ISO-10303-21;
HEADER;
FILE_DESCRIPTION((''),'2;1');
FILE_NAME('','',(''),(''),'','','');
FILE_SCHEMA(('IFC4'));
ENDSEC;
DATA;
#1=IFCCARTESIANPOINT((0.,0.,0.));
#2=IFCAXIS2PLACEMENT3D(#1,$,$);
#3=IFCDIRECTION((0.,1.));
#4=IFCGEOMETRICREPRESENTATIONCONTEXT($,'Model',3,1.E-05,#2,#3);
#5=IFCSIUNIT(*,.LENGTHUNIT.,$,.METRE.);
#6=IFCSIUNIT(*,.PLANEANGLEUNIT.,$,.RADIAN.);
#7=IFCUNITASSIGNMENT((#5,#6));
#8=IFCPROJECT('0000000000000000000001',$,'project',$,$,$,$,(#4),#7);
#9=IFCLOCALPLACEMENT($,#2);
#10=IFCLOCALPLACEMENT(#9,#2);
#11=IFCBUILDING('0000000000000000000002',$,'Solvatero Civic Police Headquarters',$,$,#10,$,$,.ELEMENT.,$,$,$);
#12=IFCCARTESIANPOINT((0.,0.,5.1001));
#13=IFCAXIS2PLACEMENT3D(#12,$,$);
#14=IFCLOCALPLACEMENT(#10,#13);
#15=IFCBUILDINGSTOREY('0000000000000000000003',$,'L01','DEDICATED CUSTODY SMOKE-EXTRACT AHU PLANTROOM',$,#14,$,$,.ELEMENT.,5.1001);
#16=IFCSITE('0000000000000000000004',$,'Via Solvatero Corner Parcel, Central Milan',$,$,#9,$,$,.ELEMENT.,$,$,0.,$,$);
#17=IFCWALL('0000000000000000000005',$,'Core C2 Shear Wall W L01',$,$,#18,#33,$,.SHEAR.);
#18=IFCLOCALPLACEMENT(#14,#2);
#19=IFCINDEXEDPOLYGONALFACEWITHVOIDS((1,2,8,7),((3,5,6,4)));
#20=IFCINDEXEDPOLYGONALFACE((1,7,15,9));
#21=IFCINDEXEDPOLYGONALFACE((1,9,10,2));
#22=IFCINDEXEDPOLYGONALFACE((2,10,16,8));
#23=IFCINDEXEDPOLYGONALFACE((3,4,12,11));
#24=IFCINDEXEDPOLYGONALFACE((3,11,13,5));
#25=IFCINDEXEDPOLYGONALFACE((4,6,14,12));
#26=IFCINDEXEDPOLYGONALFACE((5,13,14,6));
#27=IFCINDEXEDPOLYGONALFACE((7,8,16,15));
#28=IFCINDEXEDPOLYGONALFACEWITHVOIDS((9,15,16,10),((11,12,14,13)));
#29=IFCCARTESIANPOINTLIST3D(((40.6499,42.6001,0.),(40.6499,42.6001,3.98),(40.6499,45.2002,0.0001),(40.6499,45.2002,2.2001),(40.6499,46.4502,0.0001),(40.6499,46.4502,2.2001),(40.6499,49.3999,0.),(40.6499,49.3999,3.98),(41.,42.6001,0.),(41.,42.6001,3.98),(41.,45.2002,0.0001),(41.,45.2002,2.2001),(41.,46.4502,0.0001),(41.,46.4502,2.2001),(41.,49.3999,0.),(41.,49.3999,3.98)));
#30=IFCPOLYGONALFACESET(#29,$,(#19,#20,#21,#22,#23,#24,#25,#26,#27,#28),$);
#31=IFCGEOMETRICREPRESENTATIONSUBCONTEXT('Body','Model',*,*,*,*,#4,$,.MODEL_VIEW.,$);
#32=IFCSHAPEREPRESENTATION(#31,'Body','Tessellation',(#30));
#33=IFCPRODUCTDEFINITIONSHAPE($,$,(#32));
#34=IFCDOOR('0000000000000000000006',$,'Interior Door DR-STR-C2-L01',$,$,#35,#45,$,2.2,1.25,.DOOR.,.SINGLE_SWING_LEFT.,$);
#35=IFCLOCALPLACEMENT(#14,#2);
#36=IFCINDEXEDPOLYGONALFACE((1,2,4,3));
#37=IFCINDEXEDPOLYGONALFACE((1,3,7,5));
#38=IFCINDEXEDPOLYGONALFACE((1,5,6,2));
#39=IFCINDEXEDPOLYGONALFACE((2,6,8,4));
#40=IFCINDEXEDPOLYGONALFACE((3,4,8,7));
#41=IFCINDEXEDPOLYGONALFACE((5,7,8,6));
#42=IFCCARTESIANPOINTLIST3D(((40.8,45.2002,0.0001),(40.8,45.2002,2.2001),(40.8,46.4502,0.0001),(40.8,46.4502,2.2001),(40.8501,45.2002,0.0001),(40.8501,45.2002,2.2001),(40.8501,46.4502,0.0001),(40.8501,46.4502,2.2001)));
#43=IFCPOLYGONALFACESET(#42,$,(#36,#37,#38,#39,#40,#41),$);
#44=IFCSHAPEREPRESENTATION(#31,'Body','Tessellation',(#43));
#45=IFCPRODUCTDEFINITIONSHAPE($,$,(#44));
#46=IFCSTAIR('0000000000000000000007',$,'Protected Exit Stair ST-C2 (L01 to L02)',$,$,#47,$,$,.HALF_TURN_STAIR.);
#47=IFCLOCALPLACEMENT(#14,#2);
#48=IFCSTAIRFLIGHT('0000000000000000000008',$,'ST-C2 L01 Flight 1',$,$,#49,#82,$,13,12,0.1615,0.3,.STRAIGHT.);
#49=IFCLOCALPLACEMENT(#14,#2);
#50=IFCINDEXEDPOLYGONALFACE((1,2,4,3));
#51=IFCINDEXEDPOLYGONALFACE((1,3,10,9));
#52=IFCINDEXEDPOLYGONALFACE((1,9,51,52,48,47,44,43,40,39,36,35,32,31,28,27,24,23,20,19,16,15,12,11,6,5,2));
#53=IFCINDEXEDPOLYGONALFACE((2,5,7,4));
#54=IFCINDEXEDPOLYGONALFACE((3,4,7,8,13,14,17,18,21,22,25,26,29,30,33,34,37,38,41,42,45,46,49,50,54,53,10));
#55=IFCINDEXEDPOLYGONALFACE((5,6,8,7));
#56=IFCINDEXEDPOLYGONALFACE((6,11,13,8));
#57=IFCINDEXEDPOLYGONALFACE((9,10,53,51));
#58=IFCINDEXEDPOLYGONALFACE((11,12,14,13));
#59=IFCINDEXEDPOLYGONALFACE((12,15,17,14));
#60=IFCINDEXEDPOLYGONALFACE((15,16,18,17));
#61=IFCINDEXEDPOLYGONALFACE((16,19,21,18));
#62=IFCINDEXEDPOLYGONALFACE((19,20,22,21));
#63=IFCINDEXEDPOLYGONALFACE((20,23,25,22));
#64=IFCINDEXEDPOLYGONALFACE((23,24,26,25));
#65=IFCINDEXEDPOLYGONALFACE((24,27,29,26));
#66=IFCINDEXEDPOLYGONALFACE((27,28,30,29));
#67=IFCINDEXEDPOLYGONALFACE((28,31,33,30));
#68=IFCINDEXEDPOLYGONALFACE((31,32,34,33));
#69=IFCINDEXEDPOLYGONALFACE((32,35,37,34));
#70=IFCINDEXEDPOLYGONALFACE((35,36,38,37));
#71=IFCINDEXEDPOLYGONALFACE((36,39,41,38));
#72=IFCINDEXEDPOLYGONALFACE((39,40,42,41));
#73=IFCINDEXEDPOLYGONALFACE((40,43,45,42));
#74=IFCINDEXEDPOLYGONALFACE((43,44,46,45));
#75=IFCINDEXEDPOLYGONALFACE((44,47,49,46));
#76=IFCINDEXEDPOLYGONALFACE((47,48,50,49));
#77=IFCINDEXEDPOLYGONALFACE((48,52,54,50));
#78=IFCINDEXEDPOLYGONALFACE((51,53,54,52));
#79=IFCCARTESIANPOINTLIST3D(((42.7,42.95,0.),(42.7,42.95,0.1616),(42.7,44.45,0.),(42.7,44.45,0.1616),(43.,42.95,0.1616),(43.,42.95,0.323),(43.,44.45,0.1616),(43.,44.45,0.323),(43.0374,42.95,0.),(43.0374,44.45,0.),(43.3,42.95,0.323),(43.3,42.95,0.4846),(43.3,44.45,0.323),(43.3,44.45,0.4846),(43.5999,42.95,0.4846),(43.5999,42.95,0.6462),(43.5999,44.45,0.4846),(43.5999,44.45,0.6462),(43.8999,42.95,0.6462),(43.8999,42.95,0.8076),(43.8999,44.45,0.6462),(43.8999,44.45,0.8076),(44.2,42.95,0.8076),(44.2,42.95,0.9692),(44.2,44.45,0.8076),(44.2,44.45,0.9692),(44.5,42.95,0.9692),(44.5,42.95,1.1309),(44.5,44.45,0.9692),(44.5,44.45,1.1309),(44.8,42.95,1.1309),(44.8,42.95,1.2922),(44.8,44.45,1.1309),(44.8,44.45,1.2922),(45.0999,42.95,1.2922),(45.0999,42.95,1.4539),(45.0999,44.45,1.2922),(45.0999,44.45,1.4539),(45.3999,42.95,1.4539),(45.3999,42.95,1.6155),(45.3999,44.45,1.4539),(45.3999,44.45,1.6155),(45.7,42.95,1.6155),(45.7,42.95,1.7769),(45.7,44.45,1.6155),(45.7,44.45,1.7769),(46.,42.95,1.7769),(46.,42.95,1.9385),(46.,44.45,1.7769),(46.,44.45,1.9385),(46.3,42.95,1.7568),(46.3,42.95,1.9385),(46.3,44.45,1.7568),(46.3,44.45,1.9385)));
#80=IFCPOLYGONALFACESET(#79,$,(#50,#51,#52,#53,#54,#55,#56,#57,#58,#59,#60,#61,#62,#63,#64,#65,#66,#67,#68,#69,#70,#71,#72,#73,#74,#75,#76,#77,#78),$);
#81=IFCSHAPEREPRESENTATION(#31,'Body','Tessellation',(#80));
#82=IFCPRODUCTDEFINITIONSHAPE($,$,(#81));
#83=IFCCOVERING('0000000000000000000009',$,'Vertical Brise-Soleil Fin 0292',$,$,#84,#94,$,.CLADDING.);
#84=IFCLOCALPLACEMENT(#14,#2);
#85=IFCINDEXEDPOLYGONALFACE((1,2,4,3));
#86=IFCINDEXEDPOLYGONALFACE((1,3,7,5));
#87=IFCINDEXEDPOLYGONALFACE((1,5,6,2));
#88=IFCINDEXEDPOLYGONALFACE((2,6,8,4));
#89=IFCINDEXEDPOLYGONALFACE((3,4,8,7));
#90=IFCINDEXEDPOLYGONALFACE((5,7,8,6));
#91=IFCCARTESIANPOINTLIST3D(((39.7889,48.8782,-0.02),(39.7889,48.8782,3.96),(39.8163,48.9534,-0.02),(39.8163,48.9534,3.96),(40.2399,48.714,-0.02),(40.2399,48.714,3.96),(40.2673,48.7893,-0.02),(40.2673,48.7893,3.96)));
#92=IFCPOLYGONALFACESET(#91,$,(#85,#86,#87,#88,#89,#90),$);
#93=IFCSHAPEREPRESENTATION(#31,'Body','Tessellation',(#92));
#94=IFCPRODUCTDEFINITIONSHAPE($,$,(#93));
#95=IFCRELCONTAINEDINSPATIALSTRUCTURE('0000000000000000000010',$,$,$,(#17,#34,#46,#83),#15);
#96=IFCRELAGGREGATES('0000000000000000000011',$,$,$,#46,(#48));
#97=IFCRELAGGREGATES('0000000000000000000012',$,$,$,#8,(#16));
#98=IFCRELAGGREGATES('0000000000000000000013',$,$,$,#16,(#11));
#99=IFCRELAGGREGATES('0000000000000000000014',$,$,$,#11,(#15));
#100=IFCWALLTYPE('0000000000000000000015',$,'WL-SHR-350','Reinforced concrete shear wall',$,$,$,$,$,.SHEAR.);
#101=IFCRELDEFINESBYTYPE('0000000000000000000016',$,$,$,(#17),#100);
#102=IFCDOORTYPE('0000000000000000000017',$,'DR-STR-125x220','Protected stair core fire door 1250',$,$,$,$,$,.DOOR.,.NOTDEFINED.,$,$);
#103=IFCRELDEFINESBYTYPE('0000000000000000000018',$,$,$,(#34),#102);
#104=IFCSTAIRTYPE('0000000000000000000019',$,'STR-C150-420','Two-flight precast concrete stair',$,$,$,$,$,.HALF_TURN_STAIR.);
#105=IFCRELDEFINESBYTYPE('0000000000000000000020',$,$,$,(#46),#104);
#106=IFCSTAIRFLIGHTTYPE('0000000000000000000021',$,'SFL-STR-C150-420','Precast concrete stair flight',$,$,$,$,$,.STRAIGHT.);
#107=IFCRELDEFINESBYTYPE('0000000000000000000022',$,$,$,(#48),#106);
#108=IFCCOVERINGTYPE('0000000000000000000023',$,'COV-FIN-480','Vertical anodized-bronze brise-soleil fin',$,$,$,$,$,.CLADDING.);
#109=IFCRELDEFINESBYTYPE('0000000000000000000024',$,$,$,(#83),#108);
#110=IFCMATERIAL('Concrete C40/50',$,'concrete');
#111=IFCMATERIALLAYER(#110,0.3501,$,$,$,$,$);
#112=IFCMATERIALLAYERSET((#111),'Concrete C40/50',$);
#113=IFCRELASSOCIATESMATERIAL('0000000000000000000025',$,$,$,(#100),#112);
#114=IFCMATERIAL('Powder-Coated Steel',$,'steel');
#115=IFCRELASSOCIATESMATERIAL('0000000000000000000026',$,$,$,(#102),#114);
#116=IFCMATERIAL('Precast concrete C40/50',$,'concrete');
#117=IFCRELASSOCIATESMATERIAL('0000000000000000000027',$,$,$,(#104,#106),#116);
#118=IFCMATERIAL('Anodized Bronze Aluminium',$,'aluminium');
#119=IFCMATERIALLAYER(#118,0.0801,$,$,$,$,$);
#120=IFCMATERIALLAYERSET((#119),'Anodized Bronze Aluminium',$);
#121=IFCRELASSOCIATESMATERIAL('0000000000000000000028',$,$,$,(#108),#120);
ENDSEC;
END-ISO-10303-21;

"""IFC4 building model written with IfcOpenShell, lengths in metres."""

from ifc_helpers import new_model, si_unit, direction, frame, frame_2d, origin, origin_2d, place, context, subcontext, project, spatial, polyline, rectangle, outline, extrude, material, layer, layer_set, type_object, element, fill, aggregate, save


model = new_model("IFC4")

# Units and contexts
model_context = context("Model", 3, precision=1e-05, world=origin(), true_north=direction((0.0, 1.0)))
body_context = subcontext(model_context, "Body", "Model", "MODEL_VIEW")
ifc_project = project(units=[si_unit("LENGTHUNIT", "METRE"), si_unit("PLANEANGLEUNIT", "RADIAN")], contexts=[model_context])

# Site, building, storey
site_placement = place(None, origin())
site = spatial("IfcSite", under=ifc_project, at=site_placement, Name="Via Solvatero Corner Parcel, Central Milan", CompositionType="ELEMENT", RefElevation=0.0)
building_placement = place(site_placement, origin())
building = spatial("IfcBuilding", under=site, at=building_placement, Name="Solvatero Civic Police Headquarters", CompositionType="ELEMENT")
storey_placement = place(building_placement, frame((0.0, 0.0, 5.1001)))
storey = spatial("IfcBuildingStorey", under=building, at=storey_placement, Name="L01", Description="DEDICATED CUSTODY SMOKE-EXTRACT AHU PLANTROOM", CompositionType="ELEMENT", Elevation=5.1001)

# Shared definitions
ifc_material_1 = material(Name="Anodized Bronze Aluminium", Category="aluminium")

# Shared definitions
ifc_material_2 = material(Name="Concrete C40/50", Category="concrete")
ifc_layer_1 = layer(ifc_material_2, 0.3501)
ifc_layer_set_1 = layer_set([ifc_layer_1], Name="Concrete C40/50")
wall_type_1 = type_object("IfcWallType", Name="WL-SHR-350", Description="Reinforced concrete shear wall", PredefinedType="SHEAR", material=ifc_layer_set_1)

# Wall, opening, door
wall_1_placement = place(storey_placement, frame((40.825, 42.6001, 0.0), z_axis=(0.0, 0.0, 1.0), x_axis=(0.0, 1.0, 0.0)))
wall_1 = element("IfcWall", 1, at=wall_1_placement, inside=storey, type_object=wall_type_1, Name="Core C2 Shear Wall W L01", PredefinedType="SHEAR", context=body_context, shape_type="SweptSolid", body=[
    extrude(rectangle(XDim=6.7998, YDim=0.3501, at=frame_2d((3.3999, 0.0))), origin(), (0.0, 0.0, 1.0), 3.98),
])
opening_1_placement = place(wall_1_placement, frame((2.6001, 0.0, 0.0)))
opening_1 = element("IfcOpeningElement", 2, at=opening_1_placement, cuts=wall_1, PredefinedType="OPENING", context=body_context, shape_type="SweptSolid", body=[
    extrude(rectangle(XDim=1.25, YDim=2.2, at=frame_2d((0.625, 1.1001))), frame((0.0, 0.1851, 0.0), z_axis=(0.0, -1.0, 0.0), x_axis=(1.0, 0.0, 0.0)), (0.0, 0.0, 1.0), 0.3701),
])
ifc_material_3 = material(Name="Powder-Coated Steel", Category="steel")
door_type_1 = type_object("IfcDoorType", Name="DR-STR-125x220", Description="Protected stair core fire door 1250", OperationType="NOTDEFINED", PredefinedType="DOOR", material=ifc_material_3)
door_1_placement = place(opening_1_placement, origin())
door_1 = element("IfcDoor", 3, at=door_1_placement, inside=storey, type_object=door_type_1, Name="Interior Door DR-STR-C2-L01", OperationType="SINGLE_SWING_LEFT", OverallHeight=2.2, OverallWidth=1.25, PredefinedType="DOOR", context=body_context, shape_type="SweptSolid", body=[
    extrude(rectangle(XDim=1.25, YDim=2.2, at=frame_2d((0.625, 1.1001))), frame((0.0, 0.0249, 0.0), z_axis=(0.0, -1.0, 0.0), x_axis=(1.0, 0.0, 0.0)), (0.0, 0.0, 1.0), 0.05),
])
fill(opening_1, door_1)

# Stair, stair flight
ifc_material_4 = material(Name="Precast concrete C40/50", Category="concrete")
stair_type = type_object("IfcStairType", Name="STR-C150-420", Description="Two-flight precast concrete stair", PredefinedType="HALF_TURN_STAIR", material=ifc_material_4)
stair_placement = place(storey_placement, origin())
stair = element("IfcStair", 4, at=stair_placement, inside=storey, type_object=stair_type, Name="Protected Exit Stair ST-C2 (L01 to L02)", PredefinedType="HALF_TURN_STAIR")
stair_flight_type = type_object("IfcStairFlightType", Name="SFL-STR-C150-420", Description="Precast concrete stair flight", PredefinedType="STRAIGHT", material=ifc_material_4)
stair_flight_placement = place(storey_placement, frame((42.7, 43.7, 0.0), z_axis=(0.0, 0.0, 1.0), x_axis=(1.0, 0.0, 0.0)))
stair_flight = element("IfcStairFlight", 5, at=stair_flight_placement, type_object=stair_flight_type, Name="ST-C2 L01 Flight 1", NumberOfRisers=13, NumberOfTreads=12, PredefinedType="STRAIGHT", RiserHeight=0.1615, TreadLength=0.3, context=body_context, shape_type="SweptSolid", body=[
    extrude(outline(polyline([(0.0, 0.0), (0.0, 0.1616), (0.3, 0.1616), (0.3, 0.323), (0.6001, 0.323), (0.6001, 0.4846), (0.8999, 0.4846), (0.8999, 0.6462), (1.2, 0.6462), (1.2, 0.8076), (1.5, 0.8076), (1.5, 0.9692), (1.8, 0.9692), (1.8, 1.1309), (2.1001, 1.1309), (2.1001, 1.2922), (2.3999, 1.2922), (2.3999, 1.4539), (2.7, 1.4539), (2.7, 1.6155), (3.0, 1.6155), (3.0, 1.7769), (3.3, 1.7769), (3.3, 1.9385), (3.6001, 1.9385), (3.6001, 2.1001), (3.6001, 1.7568), (0.3374, 0.0), (0.0, 0.0)])), frame((0.0, 0.75, 0.0), z_axis=(0.0, -1.0, 0.0), x_axis=(1.0, 0.0, 0.0)), (0.0, 0.0, 1.0), 1.5),
])
aggregate(stair, [stair_flight])

# Covering
ifc_layer_2 = layer(ifc_material_1, 0.0801)
ifc_layer_set_2 = layer_set([ifc_layer_2], Name="Anodized Bronze Aluminium")
covering_type = type_object("IfcCoveringType", Name="COV-FIN-480", Description="Vertical anodized-bronze brise-soleil fin", PredefinedType="CLADDING", material=ifc_layer_set_2)
covering_placement = place(storey_placement, frame((40.0281, 48.8337, -0.02), z_axis=(0.0, 0.0, 1.0), x_axis=(-0.34202, -0.939693, 0.0)))
element("IfcCovering", 6, at=covering_placement, inside=storey, type_object=covering_type, Name="Vertical Brise-Soleil Fin 0292", PredefinedType="CLADDING", context=body_context, shape_type="SweptSolid", body=[
    extrude(rectangle(XDim=0.0801, YDim=0.48, at=origin_2d()), origin(), (0.0, 0.0, 1.0), 3.98),
])

save(model, "model.ifc")
